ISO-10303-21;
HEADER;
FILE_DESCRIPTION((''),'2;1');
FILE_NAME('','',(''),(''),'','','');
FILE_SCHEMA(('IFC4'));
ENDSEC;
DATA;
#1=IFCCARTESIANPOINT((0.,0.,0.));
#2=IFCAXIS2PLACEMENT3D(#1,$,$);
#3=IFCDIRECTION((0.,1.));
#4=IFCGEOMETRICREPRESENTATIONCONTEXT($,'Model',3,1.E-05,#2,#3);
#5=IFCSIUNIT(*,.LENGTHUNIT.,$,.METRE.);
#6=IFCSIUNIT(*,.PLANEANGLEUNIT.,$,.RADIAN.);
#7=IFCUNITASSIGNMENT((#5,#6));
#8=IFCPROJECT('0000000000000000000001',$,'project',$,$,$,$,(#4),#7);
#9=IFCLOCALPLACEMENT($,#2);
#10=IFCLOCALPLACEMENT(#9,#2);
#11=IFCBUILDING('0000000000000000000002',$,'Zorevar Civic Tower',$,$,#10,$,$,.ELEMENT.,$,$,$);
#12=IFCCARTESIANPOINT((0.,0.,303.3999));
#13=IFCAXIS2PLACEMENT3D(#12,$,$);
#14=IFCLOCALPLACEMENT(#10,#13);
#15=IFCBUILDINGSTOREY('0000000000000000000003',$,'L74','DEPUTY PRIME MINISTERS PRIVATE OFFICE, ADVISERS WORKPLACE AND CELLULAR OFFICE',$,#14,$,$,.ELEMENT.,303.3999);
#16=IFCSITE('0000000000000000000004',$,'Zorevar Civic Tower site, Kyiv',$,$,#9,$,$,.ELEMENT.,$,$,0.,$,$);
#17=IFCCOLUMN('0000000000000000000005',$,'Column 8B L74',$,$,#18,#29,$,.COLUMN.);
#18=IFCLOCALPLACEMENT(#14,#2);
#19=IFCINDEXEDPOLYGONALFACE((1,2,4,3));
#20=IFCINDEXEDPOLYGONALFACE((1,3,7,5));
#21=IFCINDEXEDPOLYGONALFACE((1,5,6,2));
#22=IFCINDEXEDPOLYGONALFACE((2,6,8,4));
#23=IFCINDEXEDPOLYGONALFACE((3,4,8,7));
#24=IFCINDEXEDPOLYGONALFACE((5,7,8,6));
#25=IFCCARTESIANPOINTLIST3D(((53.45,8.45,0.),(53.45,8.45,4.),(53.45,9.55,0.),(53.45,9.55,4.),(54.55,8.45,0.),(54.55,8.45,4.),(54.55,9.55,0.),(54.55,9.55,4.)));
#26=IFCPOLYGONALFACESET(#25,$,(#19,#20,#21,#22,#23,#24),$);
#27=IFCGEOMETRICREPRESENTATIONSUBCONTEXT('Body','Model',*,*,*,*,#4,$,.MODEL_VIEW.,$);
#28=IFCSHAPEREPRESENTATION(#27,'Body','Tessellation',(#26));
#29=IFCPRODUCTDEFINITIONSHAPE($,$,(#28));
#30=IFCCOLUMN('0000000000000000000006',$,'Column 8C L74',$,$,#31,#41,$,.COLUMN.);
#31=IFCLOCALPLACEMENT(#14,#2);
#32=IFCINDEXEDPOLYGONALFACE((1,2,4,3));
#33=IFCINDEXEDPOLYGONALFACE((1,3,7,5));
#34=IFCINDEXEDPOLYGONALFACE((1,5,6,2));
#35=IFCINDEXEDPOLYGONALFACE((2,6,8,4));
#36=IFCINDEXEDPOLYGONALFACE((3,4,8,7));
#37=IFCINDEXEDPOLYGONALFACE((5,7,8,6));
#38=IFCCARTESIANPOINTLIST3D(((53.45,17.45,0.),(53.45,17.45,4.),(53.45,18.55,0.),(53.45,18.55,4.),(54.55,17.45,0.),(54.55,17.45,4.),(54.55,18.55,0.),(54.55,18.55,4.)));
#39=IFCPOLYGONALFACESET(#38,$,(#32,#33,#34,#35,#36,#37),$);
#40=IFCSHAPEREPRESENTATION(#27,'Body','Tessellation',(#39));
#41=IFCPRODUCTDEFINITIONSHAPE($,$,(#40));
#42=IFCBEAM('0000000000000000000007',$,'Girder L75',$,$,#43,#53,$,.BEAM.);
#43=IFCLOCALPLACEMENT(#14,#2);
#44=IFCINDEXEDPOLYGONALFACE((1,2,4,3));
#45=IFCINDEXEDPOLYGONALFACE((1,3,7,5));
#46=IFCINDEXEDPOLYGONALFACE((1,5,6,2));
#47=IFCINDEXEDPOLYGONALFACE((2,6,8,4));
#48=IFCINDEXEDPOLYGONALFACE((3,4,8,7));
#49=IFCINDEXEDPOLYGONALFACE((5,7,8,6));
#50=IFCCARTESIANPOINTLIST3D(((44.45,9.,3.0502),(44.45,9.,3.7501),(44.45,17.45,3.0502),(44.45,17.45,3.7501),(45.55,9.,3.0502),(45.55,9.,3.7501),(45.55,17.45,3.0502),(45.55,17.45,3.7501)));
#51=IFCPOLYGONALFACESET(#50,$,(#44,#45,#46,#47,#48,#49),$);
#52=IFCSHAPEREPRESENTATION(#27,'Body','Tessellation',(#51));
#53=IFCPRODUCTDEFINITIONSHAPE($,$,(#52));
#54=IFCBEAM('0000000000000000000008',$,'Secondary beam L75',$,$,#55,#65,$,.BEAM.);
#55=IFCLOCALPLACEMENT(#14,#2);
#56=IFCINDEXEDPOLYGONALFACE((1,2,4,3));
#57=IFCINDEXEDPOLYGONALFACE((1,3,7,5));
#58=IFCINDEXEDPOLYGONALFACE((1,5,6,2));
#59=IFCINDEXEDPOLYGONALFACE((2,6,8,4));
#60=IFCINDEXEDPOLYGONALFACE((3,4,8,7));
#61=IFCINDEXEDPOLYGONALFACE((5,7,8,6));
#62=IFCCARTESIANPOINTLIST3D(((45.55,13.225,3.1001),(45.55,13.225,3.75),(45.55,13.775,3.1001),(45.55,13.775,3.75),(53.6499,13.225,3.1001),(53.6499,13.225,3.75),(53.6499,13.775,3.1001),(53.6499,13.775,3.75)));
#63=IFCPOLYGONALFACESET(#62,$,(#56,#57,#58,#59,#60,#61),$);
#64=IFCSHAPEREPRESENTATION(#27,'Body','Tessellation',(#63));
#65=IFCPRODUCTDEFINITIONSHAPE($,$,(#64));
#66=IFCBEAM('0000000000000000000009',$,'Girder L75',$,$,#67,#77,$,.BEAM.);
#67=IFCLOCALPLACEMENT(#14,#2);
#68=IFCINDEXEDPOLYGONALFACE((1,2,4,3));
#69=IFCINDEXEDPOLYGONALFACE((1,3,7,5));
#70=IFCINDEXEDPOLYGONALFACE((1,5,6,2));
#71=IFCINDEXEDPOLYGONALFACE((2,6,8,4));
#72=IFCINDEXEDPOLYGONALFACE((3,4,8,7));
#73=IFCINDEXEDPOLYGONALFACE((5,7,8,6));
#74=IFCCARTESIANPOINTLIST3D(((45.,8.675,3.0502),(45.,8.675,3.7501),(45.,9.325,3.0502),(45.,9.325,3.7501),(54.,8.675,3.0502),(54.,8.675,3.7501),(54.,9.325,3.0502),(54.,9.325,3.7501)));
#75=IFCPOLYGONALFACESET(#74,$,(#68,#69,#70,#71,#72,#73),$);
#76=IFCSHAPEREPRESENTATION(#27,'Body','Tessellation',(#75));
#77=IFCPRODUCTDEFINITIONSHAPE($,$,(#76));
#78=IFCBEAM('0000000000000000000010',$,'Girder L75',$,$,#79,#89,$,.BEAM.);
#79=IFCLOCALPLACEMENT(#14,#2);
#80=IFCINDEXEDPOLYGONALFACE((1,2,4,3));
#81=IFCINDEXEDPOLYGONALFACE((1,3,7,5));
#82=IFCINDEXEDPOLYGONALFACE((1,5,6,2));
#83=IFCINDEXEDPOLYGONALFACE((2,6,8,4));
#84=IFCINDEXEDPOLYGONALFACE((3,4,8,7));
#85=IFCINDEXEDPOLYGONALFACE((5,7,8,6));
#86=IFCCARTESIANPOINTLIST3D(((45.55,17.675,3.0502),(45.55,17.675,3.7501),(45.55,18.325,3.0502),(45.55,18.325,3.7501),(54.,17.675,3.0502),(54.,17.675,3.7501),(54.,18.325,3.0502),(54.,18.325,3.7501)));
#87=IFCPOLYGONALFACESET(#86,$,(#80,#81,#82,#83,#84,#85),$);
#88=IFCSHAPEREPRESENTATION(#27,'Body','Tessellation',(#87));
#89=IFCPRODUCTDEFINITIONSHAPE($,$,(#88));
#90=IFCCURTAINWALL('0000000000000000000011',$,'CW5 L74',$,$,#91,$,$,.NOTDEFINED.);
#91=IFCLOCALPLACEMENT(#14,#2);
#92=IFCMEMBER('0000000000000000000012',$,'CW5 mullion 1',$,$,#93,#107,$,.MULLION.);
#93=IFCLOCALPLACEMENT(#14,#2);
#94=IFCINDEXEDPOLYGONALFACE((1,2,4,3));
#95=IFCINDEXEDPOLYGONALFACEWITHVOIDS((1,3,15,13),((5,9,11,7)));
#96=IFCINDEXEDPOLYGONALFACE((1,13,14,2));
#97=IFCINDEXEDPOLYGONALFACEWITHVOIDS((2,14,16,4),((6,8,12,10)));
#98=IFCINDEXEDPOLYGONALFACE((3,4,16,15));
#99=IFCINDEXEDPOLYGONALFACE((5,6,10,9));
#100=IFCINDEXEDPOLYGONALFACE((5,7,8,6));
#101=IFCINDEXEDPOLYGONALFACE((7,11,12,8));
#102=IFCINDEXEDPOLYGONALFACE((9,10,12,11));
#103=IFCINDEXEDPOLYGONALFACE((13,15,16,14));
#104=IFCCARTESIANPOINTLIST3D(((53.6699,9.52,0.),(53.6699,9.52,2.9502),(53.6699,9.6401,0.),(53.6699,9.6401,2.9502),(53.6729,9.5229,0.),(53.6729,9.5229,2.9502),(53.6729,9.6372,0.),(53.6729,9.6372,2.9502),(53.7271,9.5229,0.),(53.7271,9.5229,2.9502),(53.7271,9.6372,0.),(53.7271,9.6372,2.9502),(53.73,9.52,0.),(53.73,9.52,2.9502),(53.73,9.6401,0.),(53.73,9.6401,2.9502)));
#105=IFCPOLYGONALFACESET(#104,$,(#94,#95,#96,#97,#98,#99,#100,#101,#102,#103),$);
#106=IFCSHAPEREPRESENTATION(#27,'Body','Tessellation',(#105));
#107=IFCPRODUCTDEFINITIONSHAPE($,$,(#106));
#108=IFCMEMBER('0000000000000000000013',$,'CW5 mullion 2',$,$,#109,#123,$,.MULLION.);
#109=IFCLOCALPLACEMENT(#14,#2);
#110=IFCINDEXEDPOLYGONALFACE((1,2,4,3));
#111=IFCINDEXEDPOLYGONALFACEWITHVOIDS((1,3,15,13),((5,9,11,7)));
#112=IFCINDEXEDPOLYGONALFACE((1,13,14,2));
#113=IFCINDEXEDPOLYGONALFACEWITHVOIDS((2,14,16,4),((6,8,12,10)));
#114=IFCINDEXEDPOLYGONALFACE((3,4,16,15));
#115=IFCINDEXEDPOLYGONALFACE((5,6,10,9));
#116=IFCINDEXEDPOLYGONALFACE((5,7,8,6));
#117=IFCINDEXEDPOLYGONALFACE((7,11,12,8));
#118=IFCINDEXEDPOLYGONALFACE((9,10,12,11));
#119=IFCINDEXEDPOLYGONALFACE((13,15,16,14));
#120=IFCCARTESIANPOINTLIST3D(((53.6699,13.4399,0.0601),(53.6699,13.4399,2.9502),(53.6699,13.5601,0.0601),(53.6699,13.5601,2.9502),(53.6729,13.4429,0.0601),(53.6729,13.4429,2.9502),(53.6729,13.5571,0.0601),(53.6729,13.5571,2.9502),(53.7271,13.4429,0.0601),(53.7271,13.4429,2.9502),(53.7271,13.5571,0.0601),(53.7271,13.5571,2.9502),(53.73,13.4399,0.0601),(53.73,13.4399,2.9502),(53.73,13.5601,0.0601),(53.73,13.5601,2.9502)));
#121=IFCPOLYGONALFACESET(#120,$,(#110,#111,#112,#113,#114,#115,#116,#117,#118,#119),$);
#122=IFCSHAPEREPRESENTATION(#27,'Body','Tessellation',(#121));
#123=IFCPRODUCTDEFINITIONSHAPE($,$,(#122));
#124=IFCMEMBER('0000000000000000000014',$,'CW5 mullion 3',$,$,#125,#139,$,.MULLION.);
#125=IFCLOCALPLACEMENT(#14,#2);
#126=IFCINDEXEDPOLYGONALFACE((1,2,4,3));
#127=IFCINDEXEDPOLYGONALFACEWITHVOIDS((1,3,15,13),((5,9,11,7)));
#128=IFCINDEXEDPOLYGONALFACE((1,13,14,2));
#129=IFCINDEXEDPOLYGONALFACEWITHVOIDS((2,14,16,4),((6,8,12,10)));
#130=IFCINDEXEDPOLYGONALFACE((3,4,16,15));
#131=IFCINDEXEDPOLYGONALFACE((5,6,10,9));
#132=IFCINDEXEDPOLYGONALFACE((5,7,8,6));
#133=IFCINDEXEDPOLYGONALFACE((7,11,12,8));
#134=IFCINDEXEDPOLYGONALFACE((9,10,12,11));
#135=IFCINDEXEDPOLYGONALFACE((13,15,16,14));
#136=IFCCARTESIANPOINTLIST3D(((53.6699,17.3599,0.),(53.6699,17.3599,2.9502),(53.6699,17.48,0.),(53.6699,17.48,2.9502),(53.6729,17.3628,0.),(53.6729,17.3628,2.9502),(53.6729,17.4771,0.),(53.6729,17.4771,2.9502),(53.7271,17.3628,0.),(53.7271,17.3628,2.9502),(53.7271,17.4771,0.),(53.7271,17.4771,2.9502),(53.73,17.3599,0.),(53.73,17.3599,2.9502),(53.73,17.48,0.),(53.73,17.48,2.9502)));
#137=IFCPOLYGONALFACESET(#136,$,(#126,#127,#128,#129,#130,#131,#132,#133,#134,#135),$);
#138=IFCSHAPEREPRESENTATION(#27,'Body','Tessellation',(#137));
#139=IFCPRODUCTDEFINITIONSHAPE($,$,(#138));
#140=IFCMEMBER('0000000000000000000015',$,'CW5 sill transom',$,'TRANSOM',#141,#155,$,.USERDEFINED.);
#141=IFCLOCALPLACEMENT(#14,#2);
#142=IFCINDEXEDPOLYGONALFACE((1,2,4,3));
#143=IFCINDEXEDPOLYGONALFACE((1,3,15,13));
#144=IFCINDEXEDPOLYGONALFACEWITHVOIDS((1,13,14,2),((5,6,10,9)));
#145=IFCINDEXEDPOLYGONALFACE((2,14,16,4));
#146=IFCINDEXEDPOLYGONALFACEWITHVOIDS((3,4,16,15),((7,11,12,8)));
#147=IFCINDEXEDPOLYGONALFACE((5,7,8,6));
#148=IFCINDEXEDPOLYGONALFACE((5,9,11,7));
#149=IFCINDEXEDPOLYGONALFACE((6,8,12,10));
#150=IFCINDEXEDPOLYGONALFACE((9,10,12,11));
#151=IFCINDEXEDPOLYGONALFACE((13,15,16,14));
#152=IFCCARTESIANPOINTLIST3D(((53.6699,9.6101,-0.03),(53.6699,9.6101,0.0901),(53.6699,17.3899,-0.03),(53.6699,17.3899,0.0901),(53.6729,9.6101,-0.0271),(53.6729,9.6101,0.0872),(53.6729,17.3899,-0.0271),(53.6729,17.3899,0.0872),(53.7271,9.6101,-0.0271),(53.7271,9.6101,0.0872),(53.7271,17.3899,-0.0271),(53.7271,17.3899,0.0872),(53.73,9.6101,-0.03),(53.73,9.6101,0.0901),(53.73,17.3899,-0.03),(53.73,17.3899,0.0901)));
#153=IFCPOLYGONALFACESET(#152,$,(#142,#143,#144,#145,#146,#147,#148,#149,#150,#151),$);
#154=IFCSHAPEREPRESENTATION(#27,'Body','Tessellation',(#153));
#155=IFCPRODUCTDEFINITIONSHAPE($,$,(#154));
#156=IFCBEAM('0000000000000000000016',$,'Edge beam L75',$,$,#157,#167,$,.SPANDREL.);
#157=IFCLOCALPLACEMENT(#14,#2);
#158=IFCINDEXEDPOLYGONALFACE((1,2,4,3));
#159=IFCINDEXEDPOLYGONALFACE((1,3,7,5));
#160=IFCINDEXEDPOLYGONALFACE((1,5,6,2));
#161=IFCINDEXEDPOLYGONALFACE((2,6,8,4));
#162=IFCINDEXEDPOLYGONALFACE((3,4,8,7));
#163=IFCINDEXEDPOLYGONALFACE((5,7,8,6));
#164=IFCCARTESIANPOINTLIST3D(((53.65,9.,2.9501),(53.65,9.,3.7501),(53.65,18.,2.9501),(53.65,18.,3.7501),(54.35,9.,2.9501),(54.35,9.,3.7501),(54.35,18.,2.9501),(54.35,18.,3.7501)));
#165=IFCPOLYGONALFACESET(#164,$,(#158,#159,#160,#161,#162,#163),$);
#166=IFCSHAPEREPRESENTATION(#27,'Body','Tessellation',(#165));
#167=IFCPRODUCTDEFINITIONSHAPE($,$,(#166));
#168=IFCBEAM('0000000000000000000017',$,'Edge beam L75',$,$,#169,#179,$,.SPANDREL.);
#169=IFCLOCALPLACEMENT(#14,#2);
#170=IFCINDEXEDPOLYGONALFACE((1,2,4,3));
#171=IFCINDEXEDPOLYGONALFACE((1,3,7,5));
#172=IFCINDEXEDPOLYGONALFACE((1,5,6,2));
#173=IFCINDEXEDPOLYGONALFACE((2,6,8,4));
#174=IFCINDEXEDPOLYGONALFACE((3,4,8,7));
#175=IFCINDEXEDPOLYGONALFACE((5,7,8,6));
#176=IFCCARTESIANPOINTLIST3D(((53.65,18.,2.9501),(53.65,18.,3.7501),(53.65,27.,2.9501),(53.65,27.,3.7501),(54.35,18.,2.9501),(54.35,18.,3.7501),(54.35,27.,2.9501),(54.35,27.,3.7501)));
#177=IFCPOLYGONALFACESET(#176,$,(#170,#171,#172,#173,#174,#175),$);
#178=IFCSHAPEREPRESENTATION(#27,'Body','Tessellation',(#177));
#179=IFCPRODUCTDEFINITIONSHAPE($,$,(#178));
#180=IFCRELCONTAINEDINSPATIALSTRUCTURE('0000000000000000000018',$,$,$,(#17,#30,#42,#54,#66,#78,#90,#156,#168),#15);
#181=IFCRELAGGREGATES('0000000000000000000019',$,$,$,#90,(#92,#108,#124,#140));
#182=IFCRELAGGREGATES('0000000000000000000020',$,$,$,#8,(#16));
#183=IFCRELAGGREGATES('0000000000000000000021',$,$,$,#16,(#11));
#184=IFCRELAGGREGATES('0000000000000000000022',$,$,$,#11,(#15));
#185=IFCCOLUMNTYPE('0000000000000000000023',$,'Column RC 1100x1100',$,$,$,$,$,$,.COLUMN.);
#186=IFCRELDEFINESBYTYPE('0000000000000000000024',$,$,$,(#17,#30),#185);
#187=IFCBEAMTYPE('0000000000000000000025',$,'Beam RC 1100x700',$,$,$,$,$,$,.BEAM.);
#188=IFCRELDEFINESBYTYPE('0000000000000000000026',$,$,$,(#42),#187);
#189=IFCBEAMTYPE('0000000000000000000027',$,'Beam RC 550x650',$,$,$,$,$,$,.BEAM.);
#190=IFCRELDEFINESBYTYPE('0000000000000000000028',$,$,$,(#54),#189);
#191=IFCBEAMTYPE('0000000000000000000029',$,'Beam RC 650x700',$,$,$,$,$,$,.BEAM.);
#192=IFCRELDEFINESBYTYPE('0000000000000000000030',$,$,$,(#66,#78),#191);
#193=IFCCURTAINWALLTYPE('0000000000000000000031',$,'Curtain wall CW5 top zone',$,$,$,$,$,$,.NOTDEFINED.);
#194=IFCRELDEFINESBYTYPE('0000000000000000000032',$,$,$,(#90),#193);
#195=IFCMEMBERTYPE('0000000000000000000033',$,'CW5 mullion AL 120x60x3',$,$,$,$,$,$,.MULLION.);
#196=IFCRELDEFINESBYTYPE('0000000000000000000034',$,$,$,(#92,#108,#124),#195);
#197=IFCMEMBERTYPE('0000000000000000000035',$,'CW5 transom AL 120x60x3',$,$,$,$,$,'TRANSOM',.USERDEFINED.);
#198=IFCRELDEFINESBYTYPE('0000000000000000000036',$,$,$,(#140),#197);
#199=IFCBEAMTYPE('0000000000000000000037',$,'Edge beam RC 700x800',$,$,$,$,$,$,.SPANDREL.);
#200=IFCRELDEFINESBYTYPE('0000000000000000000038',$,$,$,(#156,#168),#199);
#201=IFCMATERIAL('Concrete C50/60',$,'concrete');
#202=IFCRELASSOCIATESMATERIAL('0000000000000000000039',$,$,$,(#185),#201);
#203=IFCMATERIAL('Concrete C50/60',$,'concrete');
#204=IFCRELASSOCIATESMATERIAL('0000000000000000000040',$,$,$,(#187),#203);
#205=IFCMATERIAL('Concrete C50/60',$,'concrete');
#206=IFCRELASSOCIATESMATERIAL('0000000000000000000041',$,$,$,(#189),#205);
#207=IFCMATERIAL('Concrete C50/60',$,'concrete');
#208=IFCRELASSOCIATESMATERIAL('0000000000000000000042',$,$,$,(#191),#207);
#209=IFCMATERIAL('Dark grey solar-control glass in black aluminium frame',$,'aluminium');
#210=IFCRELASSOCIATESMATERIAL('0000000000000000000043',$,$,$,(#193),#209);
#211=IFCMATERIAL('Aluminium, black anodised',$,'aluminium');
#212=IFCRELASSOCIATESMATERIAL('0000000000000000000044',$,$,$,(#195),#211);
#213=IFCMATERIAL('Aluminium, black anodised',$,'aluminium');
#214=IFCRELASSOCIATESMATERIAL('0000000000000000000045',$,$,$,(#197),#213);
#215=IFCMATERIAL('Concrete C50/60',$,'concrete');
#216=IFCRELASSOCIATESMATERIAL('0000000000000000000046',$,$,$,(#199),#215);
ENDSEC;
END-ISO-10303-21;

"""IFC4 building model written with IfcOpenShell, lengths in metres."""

from ifc_helpers import new_model, si_unit, direction, frame, origin, origin_2d, place, context, subcontext, project, spatial, rectangle, hollow_rectangle, extrude, material, material_profile, profile_set, type_object, element, aggregate, save


model = new_model("IFC4")

# Units and contexts
model_context = context("Model", 3, precision=1e-05, world=origin(), true_north=direction((0.0, 1.0)))
body_context = subcontext(model_context, "Body", "Model", "MODEL_VIEW")
ifc_project = project(units=[si_unit("LENGTHUNIT", "METRE"), si_unit("PLANEANGLEUNIT", "RADIAN")], contexts=[model_context])

# Site, building, storey
site_placement = place(None, origin())
site = spatial("IfcSite", under=ifc_project, at=site_placement, Name="Zorevar Civic Tower site, Kyiv", CompositionType="ELEMENT", RefElevation=0.0)
building_placement = place(site_placement, origin())
building = spatial("IfcBuilding", under=site, at=building_placement, Name="Zorevar Civic Tower", CompositionType="ELEMENT")
storey_placement = place(building_placement, frame((0.0, 0.0, 303.3999)))
storey = spatial("IfcBuildingStorey", under=building, at=storey_placement, Name="L74", Description="DEPUTY PRIME MINISTERS PRIVATE OFFICE, ADVISERS WORKPLACE AND CELLULAR OFFICE", CompositionType="ELEMENT", Elevation=303.3999)

# Columns
ifc_material_1 = material(Name="Concrete C50/60", Category="concrete")
ifc_material_profile_1 = material_profile(ifc_material_1, rectangle(XDim=1.1001, YDim=1.1001, at=origin_2d()), Name="RC 1100x1100")
ifc_profile_set_1 = profile_set([ifc_material_profile_1], Name="Concrete C50/60")
column_type = type_object("IfcColumnType", Name="Column RC 1100x1100", PredefinedType="COLUMN", material=ifc_profile_set_1)
for number, where, z_axis, x_axis, name in (
    (1, (54.0, 9.0, 0.0), (0.0, 0.0, 1.0), (1.0, 0.0, 0.0), "Column 8B L74"),
    (2, (54.0, 18.0, 0.0), (0.0, 0.0, 1.0), (1.0, 0.0, 0.0), "Column 8C L74"),
):
    element("IfcColumn", number, at=place(storey_placement, frame(where, z_axis=z_axis, x_axis=x_axis)), inside=storey, type_object=column_type, Name=name, PredefinedType="COLUMN", context=body_context, shape_type="SweptSolid", body=[
        extrude(rectangle(XDim=1.1001, YDim=1.1001, at=origin_2d()), origin(), (0.0, 0.0, 1.0), 4.0),
    ])

# Beams
ifc_material_2 = material(Name="Concrete C50/60", Category="concrete")
ifc_material_profile_2 = material_profile(ifc_material_2, rectangle(XDim=1.1001, YDim=0.7, at=origin_2d()), Name="RC 1100x700")
ifc_profile_set_2 = profile_set([ifc_material_profile_2], Name="Concrete C50/60")
beam_type_1 = type_object("IfcBeamType", Name="Beam RC 1100x700", PredefinedType="BEAM", material=ifc_profile_set_2)
beam_1_placement = place(storey_placement, frame((45.0, 9.0, 3.4001), z_axis=(0.0, 1.0, 0.0), x_axis=(-1.0, 0.0, 0.0)))
element("IfcBeam", 3, at=beam_1_placement, inside=storey, type_object=beam_type_1, Name="Girder L75", PredefinedType="BEAM", context=body_context, shape_type="SweptSolid", body=[
    extrude(rectangle(XDim=1.1001, YDim=0.7, at=origin_2d()), origin(), (0.0, 0.0, 1.0), 8.45),
])
ifc_material_3 = material(Name="Concrete C50/60", Category="concrete")
ifc_material_profile_3 = material_profile(ifc_material_3, rectangle(XDim=0.55, YDim=0.6499, at=origin_2d()), Name="RC 550x650")
ifc_profile_set_3 = profile_set([ifc_material_profile_3], Name="Concrete C50/60")
beam_type_2 = type_object("IfcBeamType", Name="Beam RC 550x650", PredefinedType="BEAM", material=ifc_profile_set_3)
beam_2_placement = place(storey_placement, frame((45.55, 13.5, 3.425), z_axis=(1.0, 0.0, 0.0), x_axis=(0.0, 1.0, 0.0)))
element("IfcBeam", 4, at=beam_2_placement, inside=storey, type_object=beam_type_2, Name="Secondary beam L75", PredefinedType="BEAM", context=body_context, shape_type="SweptSolid", body=[
    extrude(rectangle(XDim=0.55, YDim=0.6499, at=origin_2d()), origin(), (0.0, 0.0, 1.0), 8.0999),
])
ifc_material_4 = material(Name="Concrete C50/60", Category="concrete")
ifc_material_profile_4 = material_profile(ifc_material_4, rectangle(XDim=0.6499, YDim=0.7, at=origin_2d()), Name="RC 650x700")
ifc_profile_set_4 = profile_set([ifc_material_profile_4], Name="Concrete C50/60")
beam_type_3 = type_object("IfcBeamType", Name="Beam RC 650x700", PredefinedType="BEAM", material=ifc_profile_set_4)
beam_3_placement = place(storey_placement, frame((45.0, 9.0, 3.4001), z_axis=(1.0, 0.0, 0.0), x_axis=(0.0, 1.0, 0.0)))
element("IfcBeam", 5, at=beam_3_placement, inside=storey, type_object=beam_type_3, Name="Girder L75", PredefinedType="BEAM", context=body_context, shape_type="SweptSolid", body=[
    extrude(rectangle(XDim=0.6499, YDim=0.7, at=origin_2d()), origin(), (0.0, 0.0, 1.0), 9.0),
])
beam_4_placement = place(storey_placement, frame((45.55, 18.0, 3.4001), z_axis=(1.0, 0.0, 0.0), x_axis=(0.0, 1.0, 0.0)))
element("IfcBeam", 6, at=beam_4_placement, inside=storey, type_object=beam_type_3, Name="Girder L75", PredefinedType="BEAM", context=body_context, shape_type="SweptSolid", body=[
    extrude(rectangle(XDim=0.6499, YDim=0.7, at=origin_2d()), origin(), (0.0, 0.0, 1.0), 8.45),
])

# Curtain wall, members
ifc_material_5 = material(Name="Dark grey solar-control glass in black aluminium frame", Category="aluminium")
curtain_wall_type = type_object("IfcCurtainWallType", Name="Curtain wall CW5 top zone", PredefinedType="NOTDEFINED", material=ifc_material_5)
curtain_wall_placement = place(storey_placement, origin())
curtain_wall = element("IfcCurtainWall", 7, at=curtain_wall_placement, inside=storey, type_object=curtain_wall_type, Name="CW5 L74", PredefinedType="NOTDEFINED")
ifc_material_6 = material(Name="Aluminium, black anodised", Category="aluminium")
ifc_material_profile_5 = material_profile(ifc_material_6, hollow_rectangle(XDim=0.0601, YDim=0.1201, WallThickness=0.0029, at=origin_2d()), Name="AL 120x60x3")
ifc_profile_set_5 = profile_set([ifc_material_profile_5], Name="Aluminium, black anodised")
member_type_1 = type_object("IfcMemberType", Name="CW5 mullion AL 120x60x3", PredefinedType="MULLION", material=ifc_profile_set_5)
member_1_placement = place(storey_placement, frame((53.7, 9.5801, 0.0), z_axis=(0.0, 0.0, 1.0), x_axis=(-1.0, 0.0, 0.0)))
member_1 = element("IfcMember", 8, at=member_1_placement, type_object=member_type_1, Name="CW5 mullion 1", PredefinedType="MULLION", context=body_context, shape_type="SweptSolid", body=[
    extrude(hollow_rectangle(XDim=0.0601, YDim=0.1201, WallThickness=0.0029, at=origin_2d()), origin(), (0.0, 0.0, 1.0), 2.9502),
])
member_2_placement = place(storey_placement, frame((53.7, 13.5, 0.0601), z_axis=(0.0, 0.0, 1.0), x_axis=(-1.0, 0.0, 0.0)))
member_2 = element("IfcMember", 9, at=member_2_placement, type_object=member_type_1, Name="CW5 mullion 2", PredefinedType="MULLION", context=body_context, shape_type="SweptSolid", body=[
    extrude(hollow_rectangle(XDim=0.0601, YDim=0.1201, WallThickness=0.0029, at=origin_2d()), origin(), (0.0, 0.0, 1.0), 2.8901),
])
member_3_placement = place(storey_placement, frame((53.7, 17.4199, 0.0), z_axis=(0.0, 0.0, 1.0), x_axis=(-1.0, 0.0, 0.0)))
member_3 = element("IfcMember", 10, at=member_3_placement, type_object=member_type_1, Name="CW5 mullion 3", PredefinedType="MULLION", context=body_context, shape_type="SweptSolid", body=[
    extrude(hollow_rectangle(XDim=0.0601, YDim=0.1201, WallThickness=0.0029, at=origin_2d()), origin(), (0.0, 0.0, 1.0), 2.9502),
])
ifc_material_7 = material(Name="Aluminium, black anodised", Category="aluminium")
ifc_material_profile_6 = material_profile(ifc_material_7, hollow_rectangle(XDim=0.0601, YDim=0.1201, WallThickness=0.0029, at=origin_2d()), Name="AL 120x60x3")
ifc_profile_set_6 = profile_set([ifc_material_profile_6], Name="Aluminium, black anodised")
member_type_2 = type_object("IfcMemberType", Name="CW5 transom AL 120x60x3", ElementType="TRANSOM", PredefinedType="USERDEFINED", material=ifc_profile_set_6)
member_4_placement = place(storey_placement, frame((53.7, 9.6101, 0.03), z_axis=(0.0, 1.0, 0.0), x_axis=(-1.0, 0.0, 0.0)))
member_4 = element("IfcMember", 11, at=member_4_placement, type_object=member_type_2, Name="CW5 sill transom", ObjectType="TRANSOM", PredefinedType="USERDEFINED", context=body_context, shape_type="SweptSolid", body=[
    extrude(hollow_rectangle(XDim=0.0601, YDim=0.1201, WallThickness=0.0029, at=origin_2d()), origin(), (0.0, 0.0, 1.0), 7.7798),
])

# Beams
ifc_material_8 = material(Name="Concrete C50/60", Category="concrete")
ifc_material_profile_7 = material_profile(ifc_material_8, rectangle(XDim=0.7, YDim=0.8, at=origin_2d()), Name="RC 700x800")
ifc_profile_set_7 = profile_set([ifc_material_profile_7], Name="Concrete C50/60")
beam_type_4 = type_object("IfcBeamType", Name="Edge beam RC 700x800", PredefinedType="SPANDREL", material=ifc_profile_set_7)
for number, where, z_axis, x_axis, name in (
    (12, (54.0, 9.0, 3.3501), (0.0, 1.0, 0.0), (-1.0, 0.0, 0.0), "Edge beam L75"),
    (13, (54.0, 18.0, 3.3501), (0.0, 1.0, 0.0), (-1.0, 0.0, 0.0), "Edge beam L75"),
):
    element("IfcBeam", number, at=place(storey_placement, frame(where, z_axis=z_axis, x_axis=x_axis)), inside=storey, type_object=beam_type_4, Name=name, PredefinedType="SPANDREL", context=body_context, shape_type="SweptSolid", body=[
        extrude(rectangle(XDim=0.7, YDim=0.8, at=origin_2d()), origin(), (0.0, 0.0, 1.0), 9.0),
    ])

aggregate(curtain_wall, [member_1, member_2, member_3, member_4])

save(model, "model.ifc")
